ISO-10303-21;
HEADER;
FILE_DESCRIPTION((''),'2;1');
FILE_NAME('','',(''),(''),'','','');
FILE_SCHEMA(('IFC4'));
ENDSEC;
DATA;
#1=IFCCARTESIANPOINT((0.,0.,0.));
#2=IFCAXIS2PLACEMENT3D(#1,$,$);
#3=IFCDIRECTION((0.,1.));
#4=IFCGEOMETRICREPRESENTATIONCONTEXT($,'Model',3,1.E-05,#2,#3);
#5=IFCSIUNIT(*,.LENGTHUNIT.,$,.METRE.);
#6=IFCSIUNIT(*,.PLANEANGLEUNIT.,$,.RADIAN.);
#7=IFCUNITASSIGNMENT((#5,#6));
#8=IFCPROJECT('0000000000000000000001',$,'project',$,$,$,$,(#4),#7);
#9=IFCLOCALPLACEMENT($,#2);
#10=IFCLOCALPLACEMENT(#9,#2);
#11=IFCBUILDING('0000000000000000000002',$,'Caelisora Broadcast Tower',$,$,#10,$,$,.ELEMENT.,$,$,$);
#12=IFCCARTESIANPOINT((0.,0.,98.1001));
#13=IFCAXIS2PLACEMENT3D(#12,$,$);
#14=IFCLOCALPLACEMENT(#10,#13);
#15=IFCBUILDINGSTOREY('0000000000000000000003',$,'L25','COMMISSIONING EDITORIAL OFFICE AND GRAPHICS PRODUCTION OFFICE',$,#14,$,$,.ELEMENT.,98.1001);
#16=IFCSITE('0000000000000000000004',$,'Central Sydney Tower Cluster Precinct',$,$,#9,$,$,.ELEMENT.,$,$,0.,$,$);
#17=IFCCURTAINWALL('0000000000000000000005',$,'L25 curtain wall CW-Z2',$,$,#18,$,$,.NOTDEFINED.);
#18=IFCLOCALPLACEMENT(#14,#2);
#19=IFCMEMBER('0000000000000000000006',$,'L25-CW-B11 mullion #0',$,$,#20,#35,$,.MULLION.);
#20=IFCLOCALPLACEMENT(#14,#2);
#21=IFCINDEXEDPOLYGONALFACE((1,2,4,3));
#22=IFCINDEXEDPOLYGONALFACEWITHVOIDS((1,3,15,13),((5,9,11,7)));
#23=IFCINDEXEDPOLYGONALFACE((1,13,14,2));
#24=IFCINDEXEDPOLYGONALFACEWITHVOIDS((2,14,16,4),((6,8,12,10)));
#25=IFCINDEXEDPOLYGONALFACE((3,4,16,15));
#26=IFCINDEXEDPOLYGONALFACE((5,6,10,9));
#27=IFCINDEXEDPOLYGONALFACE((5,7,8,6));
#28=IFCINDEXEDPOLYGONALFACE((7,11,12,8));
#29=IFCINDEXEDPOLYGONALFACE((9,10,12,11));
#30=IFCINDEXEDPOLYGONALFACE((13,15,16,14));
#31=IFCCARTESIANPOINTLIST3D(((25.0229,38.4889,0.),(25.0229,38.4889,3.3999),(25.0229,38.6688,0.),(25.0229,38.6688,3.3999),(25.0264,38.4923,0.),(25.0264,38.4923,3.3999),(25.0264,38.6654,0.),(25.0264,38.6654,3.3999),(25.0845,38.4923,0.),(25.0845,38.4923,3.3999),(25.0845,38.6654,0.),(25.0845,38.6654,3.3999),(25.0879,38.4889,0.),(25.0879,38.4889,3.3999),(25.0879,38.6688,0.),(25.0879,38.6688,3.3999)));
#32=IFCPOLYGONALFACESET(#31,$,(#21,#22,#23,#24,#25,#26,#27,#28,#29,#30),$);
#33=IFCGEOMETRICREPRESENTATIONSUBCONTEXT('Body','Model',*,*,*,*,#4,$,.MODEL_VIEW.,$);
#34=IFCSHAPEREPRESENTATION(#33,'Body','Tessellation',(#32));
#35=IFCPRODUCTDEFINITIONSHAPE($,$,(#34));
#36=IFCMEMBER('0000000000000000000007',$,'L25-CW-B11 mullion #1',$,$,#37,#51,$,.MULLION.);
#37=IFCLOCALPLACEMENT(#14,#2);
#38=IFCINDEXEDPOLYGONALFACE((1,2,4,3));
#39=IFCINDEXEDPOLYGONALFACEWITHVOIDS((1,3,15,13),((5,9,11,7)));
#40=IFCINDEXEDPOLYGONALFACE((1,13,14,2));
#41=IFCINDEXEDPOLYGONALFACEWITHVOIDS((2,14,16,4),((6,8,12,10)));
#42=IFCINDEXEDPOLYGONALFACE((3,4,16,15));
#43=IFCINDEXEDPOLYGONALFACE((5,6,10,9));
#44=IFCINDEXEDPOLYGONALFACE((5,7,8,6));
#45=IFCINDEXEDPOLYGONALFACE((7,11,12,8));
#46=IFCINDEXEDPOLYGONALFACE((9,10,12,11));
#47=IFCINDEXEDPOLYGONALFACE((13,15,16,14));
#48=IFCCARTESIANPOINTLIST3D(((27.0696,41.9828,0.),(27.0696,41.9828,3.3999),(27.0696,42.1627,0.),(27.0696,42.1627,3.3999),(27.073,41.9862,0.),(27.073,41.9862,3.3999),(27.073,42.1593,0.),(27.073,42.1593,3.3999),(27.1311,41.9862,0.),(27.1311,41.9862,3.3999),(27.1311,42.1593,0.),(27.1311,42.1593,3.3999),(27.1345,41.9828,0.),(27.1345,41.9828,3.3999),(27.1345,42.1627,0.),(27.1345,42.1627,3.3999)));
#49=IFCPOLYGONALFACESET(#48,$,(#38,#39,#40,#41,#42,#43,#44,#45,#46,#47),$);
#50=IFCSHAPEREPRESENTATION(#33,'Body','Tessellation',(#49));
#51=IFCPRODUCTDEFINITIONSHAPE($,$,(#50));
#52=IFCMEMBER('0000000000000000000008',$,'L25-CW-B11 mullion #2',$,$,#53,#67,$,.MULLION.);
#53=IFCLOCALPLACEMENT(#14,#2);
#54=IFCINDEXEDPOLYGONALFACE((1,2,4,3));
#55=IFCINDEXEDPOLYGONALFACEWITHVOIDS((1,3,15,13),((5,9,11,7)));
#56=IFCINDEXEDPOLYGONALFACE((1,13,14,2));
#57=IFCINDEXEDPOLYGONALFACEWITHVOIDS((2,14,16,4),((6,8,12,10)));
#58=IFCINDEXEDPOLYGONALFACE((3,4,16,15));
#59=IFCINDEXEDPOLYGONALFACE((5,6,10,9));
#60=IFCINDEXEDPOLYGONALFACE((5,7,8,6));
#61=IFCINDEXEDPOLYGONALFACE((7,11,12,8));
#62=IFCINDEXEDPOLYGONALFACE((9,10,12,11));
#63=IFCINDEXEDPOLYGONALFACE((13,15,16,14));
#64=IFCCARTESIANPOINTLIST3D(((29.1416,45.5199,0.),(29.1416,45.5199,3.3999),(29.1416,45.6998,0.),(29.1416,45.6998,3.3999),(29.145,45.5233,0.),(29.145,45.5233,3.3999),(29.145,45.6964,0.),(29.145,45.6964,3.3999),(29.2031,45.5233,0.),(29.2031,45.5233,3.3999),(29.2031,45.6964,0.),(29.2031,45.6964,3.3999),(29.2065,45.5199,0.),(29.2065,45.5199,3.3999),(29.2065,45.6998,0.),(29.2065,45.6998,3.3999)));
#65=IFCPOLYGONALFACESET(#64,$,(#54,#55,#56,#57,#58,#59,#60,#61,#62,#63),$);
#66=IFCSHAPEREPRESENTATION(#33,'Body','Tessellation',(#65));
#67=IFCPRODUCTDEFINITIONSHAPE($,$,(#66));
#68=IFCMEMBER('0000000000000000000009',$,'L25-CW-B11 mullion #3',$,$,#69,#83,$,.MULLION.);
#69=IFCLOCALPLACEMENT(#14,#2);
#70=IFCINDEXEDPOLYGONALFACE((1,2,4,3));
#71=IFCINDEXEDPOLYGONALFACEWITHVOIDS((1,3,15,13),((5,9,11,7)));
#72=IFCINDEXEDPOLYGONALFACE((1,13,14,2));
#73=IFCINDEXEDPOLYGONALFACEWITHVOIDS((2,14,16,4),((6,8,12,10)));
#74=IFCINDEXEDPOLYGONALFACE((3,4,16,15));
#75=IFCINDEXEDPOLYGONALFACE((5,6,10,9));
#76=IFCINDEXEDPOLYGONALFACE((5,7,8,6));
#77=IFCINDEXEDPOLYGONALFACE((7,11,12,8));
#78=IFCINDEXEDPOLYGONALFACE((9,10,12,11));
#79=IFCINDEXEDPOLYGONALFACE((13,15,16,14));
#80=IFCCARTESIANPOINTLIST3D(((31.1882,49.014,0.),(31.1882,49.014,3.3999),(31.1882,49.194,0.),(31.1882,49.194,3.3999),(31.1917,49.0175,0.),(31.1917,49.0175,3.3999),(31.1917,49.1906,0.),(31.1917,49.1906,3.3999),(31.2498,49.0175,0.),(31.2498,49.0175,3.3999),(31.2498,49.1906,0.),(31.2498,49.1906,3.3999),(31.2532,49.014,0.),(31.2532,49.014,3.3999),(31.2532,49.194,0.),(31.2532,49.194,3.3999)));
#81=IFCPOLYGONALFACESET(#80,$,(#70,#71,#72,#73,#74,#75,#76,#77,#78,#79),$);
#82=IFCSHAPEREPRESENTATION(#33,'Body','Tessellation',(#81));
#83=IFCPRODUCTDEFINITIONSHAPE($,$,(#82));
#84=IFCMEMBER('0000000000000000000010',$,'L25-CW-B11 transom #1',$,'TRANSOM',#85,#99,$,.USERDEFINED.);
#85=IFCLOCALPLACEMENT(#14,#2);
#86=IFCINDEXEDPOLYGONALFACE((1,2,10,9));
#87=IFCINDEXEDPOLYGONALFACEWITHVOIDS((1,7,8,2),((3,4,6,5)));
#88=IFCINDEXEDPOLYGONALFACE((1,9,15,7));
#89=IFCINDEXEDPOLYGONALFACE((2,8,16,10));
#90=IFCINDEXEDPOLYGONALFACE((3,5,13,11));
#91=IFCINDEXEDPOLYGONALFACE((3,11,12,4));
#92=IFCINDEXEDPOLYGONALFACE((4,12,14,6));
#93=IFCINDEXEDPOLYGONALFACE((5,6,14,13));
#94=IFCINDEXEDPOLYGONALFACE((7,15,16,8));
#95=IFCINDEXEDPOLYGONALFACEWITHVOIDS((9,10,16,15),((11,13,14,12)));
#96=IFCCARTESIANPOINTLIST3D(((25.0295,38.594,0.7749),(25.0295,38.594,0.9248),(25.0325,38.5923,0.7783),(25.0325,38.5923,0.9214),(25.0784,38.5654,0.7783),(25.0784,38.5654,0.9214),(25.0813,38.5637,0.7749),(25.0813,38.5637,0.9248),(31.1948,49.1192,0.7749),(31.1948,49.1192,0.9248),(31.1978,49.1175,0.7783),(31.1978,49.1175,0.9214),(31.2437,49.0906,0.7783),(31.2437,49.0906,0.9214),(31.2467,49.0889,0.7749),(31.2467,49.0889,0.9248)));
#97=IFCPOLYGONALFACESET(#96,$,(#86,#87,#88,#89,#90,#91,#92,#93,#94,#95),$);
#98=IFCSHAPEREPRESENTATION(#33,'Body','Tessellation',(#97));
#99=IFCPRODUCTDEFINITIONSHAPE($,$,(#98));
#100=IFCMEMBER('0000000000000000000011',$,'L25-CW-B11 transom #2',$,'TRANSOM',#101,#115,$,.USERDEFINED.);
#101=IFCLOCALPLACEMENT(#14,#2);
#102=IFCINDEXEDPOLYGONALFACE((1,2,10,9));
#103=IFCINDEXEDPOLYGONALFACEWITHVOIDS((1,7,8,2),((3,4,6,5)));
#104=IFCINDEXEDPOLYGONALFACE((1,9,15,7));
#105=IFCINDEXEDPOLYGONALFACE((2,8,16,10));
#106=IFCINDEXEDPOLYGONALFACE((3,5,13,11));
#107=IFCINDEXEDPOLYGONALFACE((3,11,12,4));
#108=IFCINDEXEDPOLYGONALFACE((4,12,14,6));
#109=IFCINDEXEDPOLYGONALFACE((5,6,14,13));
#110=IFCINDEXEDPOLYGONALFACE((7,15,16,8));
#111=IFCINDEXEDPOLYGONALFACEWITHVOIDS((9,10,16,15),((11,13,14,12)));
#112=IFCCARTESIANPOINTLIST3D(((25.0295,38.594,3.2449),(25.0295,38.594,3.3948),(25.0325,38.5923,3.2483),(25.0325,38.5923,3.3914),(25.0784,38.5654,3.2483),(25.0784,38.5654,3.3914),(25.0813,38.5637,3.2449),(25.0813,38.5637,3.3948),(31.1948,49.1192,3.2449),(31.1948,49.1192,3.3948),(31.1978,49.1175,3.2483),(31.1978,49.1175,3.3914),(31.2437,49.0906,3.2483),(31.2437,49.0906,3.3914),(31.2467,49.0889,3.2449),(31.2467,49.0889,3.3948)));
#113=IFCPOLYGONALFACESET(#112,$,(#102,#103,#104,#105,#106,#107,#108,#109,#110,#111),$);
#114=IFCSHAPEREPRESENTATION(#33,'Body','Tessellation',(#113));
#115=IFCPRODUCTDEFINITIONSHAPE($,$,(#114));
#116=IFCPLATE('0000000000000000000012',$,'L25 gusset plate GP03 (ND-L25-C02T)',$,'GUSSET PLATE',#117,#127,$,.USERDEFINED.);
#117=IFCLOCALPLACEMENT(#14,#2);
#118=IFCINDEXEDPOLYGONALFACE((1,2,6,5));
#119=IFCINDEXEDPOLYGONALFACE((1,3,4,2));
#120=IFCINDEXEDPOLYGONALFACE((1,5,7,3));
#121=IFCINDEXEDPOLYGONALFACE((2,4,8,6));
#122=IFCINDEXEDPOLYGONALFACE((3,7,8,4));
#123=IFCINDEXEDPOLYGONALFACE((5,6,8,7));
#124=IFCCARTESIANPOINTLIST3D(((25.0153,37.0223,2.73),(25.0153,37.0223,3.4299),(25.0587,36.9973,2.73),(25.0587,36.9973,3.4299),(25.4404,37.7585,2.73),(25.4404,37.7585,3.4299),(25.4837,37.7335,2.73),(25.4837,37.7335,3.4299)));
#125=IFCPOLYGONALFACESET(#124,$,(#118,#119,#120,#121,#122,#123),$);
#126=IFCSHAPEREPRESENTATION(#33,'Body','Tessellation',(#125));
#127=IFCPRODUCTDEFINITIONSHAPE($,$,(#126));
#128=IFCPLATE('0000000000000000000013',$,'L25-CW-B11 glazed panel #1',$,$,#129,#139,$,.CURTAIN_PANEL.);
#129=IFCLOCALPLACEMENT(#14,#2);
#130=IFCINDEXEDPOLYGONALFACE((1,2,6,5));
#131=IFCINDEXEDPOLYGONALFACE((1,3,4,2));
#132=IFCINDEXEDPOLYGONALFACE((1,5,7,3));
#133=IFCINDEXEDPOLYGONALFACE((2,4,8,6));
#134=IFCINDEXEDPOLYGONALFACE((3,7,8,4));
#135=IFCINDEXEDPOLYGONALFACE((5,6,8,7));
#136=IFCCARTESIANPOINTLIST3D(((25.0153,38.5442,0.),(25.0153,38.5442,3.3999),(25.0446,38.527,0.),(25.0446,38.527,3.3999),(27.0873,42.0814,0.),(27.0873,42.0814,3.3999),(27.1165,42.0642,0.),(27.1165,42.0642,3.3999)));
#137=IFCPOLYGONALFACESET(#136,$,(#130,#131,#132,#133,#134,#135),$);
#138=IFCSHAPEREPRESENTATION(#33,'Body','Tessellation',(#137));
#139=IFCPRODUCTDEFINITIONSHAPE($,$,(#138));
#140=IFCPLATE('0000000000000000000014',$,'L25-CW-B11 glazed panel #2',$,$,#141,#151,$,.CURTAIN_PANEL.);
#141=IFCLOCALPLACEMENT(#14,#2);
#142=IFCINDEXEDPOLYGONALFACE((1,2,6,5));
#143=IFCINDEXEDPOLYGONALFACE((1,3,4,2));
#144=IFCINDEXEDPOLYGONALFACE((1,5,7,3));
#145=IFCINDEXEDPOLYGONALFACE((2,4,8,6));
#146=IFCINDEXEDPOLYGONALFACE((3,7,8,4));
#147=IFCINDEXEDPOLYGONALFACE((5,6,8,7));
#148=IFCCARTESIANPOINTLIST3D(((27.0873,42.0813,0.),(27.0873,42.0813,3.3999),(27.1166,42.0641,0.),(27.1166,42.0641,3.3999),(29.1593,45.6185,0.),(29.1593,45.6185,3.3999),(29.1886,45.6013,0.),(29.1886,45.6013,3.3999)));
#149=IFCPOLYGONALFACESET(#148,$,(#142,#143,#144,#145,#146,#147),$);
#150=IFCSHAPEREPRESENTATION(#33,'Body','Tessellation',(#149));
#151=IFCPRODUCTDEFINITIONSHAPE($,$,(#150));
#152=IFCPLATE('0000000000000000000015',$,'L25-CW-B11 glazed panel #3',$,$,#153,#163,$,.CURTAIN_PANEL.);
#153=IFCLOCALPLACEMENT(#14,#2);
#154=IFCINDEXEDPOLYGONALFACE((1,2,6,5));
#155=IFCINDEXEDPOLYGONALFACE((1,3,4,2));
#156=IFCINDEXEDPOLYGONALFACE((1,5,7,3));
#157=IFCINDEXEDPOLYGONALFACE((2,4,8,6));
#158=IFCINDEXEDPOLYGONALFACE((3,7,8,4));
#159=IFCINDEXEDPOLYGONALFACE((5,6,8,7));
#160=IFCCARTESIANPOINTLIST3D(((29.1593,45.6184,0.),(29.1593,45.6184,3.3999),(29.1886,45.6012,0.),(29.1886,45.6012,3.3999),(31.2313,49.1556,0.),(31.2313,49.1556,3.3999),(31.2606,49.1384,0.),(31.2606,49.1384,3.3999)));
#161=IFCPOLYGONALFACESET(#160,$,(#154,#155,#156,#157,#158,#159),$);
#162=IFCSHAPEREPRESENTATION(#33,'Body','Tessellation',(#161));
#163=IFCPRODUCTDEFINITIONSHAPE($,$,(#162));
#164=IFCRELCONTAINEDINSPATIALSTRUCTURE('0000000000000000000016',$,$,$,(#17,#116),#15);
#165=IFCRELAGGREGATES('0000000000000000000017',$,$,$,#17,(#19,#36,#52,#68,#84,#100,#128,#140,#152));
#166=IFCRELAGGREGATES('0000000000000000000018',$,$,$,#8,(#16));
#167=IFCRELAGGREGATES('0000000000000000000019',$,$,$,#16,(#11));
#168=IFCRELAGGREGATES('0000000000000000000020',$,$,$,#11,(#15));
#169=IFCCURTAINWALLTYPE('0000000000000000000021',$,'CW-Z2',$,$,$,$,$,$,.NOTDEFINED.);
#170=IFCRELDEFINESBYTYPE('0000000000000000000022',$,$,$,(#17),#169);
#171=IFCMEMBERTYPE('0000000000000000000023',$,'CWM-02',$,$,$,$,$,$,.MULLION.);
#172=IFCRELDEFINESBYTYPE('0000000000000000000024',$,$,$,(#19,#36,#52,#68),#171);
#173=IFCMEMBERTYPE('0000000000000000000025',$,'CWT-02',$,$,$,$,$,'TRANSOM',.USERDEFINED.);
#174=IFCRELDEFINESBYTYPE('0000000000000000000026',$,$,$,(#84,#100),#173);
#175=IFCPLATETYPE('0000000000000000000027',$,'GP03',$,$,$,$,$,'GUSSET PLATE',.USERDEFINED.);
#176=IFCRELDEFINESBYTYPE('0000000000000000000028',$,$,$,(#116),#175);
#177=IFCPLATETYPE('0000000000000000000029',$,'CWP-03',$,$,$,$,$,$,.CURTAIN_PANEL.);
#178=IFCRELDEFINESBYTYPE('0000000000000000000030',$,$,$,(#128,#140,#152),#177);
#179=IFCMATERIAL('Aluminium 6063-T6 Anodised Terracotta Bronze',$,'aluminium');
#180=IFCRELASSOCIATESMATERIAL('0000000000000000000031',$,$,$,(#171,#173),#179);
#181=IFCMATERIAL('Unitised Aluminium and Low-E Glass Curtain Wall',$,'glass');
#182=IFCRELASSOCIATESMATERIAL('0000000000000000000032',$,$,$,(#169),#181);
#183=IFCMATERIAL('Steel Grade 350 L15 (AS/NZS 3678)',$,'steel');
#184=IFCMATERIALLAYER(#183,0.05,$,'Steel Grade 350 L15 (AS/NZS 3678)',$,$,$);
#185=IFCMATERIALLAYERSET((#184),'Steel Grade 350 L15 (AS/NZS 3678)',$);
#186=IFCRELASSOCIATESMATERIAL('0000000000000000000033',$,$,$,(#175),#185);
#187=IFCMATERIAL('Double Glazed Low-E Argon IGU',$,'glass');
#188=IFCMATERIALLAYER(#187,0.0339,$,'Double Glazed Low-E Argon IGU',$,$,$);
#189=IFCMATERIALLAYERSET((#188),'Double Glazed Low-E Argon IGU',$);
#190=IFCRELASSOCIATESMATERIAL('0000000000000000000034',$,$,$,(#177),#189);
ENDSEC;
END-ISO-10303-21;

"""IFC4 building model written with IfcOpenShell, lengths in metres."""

from ifc_helpers import new_model, si_unit, direction, frame, origin, origin_2d, place, context, subcontext, project, spatial, rectangle, hollow_rectangle, extrude, source, transform, mapped, material, layer, layer_set, material_profile, profile_set, type_object, type_shapes, element, aggregate, save


model = new_model("IFC4")

# Units and contexts
model_context = context("Model", 3, precision=1e-05, world=origin(), true_north=direction((0.0, 1.0)))
body_context = subcontext(model_context, "Body", "Model", "MODEL_VIEW")
ifc_project = project(units=[si_unit("LENGTHUNIT", "METRE"), si_unit("PLANEANGLEUNIT", "RADIAN")], contexts=[model_context])

# Site, building, storey
site_placement = place(None, origin())
site = spatial("IfcSite", under=ifc_project, at=site_placement, Name="Central Sydney Tower Cluster Precinct", CompositionType="ELEMENT", RefElevation=0.0)
building_placement = place(site_placement, origin())
building = spatial("IfcBuilding", under=site, at=building_placement, Name="Caelisora Broadcast Tower", CompositionType="ELEMENT")
storey_placement = place(building_placement, frame((0.0, 0.0, 98.1001)))
storey = spatial("IfcBuildingStorey", under=building, at=storey_placement, Name="L25", Description="COMMISSIONING EDITORIAL OFFICE AND GRAPHICS PRODUCTION OFFICE", CompositionType="ELEMENT", Elevation=98.1001)

# Shared definitions
ifc_material_1 = material(Name="Steel Grade 350 L15 (AS/NZS 3678)", Category="steel")

# Shared definitions
ifc_material_2 = material(Name="Aluminium 6063-T6 Anodised Terracotta Bronze", Category="aluminium")
ifc_material_profile_1 = material_profile(ifc_material_2, hollow_rectangle(XDim=0.0649, YDim=0.1799, WallThickness=0.0034, at=origin_2d()), Name="Aluminium 6063-T6 Anodised Terracotta Bronze")
ifc_profile_set_1 = profile_set([ifc_material_profile_1], Name="Aluminium 6063-T6 Anodised Terracotta Bronze")
member_type_1 = type_object("IfcMemberType", Name="CWM-02", PredefinedType="MULLION", material=ifc_profile_set_1)
shared_shape_1 = source(origin(), body_context, "Body", "SweptSolid", [
    extrude(hollow_rectangle(XDim=0.0649, YDim=0.1799, WallThickness=0.0034, at=origin_2d()), origin(), (0.0, 0.0, 1.0), 3.3999),
])
type_shapes(member_type_1, [shared_shape_1])

# Curtain wall, members
ifc_material_3 = material(Name="Unitised Aluminium and Low-E Glass Curtain Wall", Category="glass")
curtain_wall_type_1 = type_object("IfcCurtainWallType", Name="CW-Z2", PredefinedType="NOTDEFINED", material=ifc_material_3)
curtain_wall_1_placement = place(storey_placement, origin())
curtain_wall_1 = element("IfcCurtainWall", 1, at=curtain_wall_1_placement, inside=storey, type_object=curtain_wall_type_1, Name="L25 curtain wall CW-Z2", PredefinedType="NOTDEFINED")
member_1_placement = place(storey_placement, frame((25.0554, 38.5789, 0.0), z_axis=(0.0, 0.0, 1.0), x_axis=(1.0, 0.0, 0.0)))
member_1 = element("IfcMember", 2, at=member_1_placement, type_object=member_type_1, Name="L25-CW-B11 mullion #0", PredefinedType="MULLION", context=body_context, shape_type="MappedRepresentation", body=[
    mapped(shared_shape_1, transform((0.0, 0.0, 0.0), scale=1.0)),
])
member_2_placement = place(storey_placement, frame((27.1021, 42.0728, 0.0), z_axis=(0.0, 0.0, 1.0), x_axis=(1.0, 0.0, 0.0)))
member_2 = element("IfcMember", 3, at=member_2_placement, type_object=member_type_1, Name="L25-CW-B11 mullion #1", PredefinedType="MULLION", context=body_context, shape_type="MappedRepresentation", body=[
    mapped(shared_shape_1, transform((0.0, 0.0, 0.0), scale=1.0)),
])
member_3_placement = place(storey_placement, frame((29.1741, 45.6099, 0.0), z_axis=(0.0, 0.0, 1.0), x_axis=(1.0, 0.0, 0.0)))
member_3 = element("IfcMember", 4, at=member_3_placement, type_object=member_type_1, Name="L25-CW-B11 mullion #2", PredefinedType="MULLION", context=body_context, shape_type="MappedRepresentation", body=[
    mapped(shared_shape_1, transform((0.0, 0.0, 0.0), scale=1.0)),
])
member_4_placement = place(storey_placement, frame((31.2207, 49.104, 0.0), z_axis=(0.0, 0.0, 1.0), x_axis=(1.0, 0.0, 0.0)))
member_4 = element("IfcMember", 5, at=member_4_placement, type_object=member_type_1, Name="L25-CW-B11 mullion #3", PredefinedType="MULLION", context=body_context, shape_type="MappedRepresentation", body=[
    mapped(shared_shape_1, transform((0.0, 0.0, 0.0), scale=1.0)),
])
ifc_material_profile_2 = material_profile(ifc_material_2, hollow_rectangle(XDim=0.0601, YDim=0.1499, WallThickness=0.0034, at=origin_2d()), Name="Aluminium 6063-T6 Anodised Terracotta Bronze")
ifc_profile_set_2 = profile_set([ifc_material_profile_2], Name="Aluminium 6063-T6 Anodised Terracotta Bronze")
member_type_2 = type_object("IfcMemberType", Name="CWT-02", ElementType="TRANSOM", PredefinedType="USERDEFINED", material=ifc_profile_set_2)
shared_shape_2 = source(origin(), body_context, "Body", "SweptSolid", [
    extrude(hollow_rectangle(XDim=0.0601, YDim=0.1499, WallThickness=0.0034, at=origin_2d()), origin(), (0.0, 0.0, 1.0), 12.198),
])
type_shapes(member_type_2, [shared_shape_2])
member_5_placement = place(storey_placement, frame((25.0554, 38.5789, 0.8499), z_axis=(0.505437, 0.862864, 0.0), x_axis=(-0.862864, 0.505437, 0.0)))
member_5 = element("IfcMember", 6, at=member_5_placement, type_object=member_type_2, Name="L25-CW-B11 transom #1", ObjectType="TRANSOM", PredefinedType="USERDEFINED", context=body_context, shape_type="MappedRepresentation", body=[
    mapped(shared_shape_2, transform((0.0, 0.0, 0.0), scale=1.0)),
])
member_6_placement = place(storey_placement, frame((25.0554, 38.5789, 3.3198), z_axis=(0.505437, 0.862864, 0.0), x_axis=(-0.862864, 0.505437, 0.0)))
member_6 = element("IfcMember", 7, at=member_6_placement, type_object=member_type_2, Name="L25-CW-B11 transom #2", ObjectType="TRANSOM", PredefinedType="USERDEFINED", context=body_context, shape_type="MappedRepresentation", body=[
    mapped(shared_shape_2, transform((0.0, 0.0, 0.0), scale=1.0)),
])

# Plates
ifc_layer_1 = layer(ifc_material_1, 0.05, Name="Steel Grade 350 L15 (AS/NZS 3678)")
ifc_layer_set_1 = layer_set([ifc_layer_1], Name="Steel Grade 350 L15 (AS/NZS 3678)")
plate_type_1 = type_object("IfcPlateType", Name="GP03", ElementType="GUSSET PLATE", PredefinedType="USERDEFINED", material=ifc_layer_set_1)
shared_shape_3 = source(origin(), body_context, "Body", "SweptSolid", [
    extrude(rectangle(XDim=0.8501, YDim=0.05, at=origin_2d()), origin(), (0.0, 0.0, 1.0), 0.7),
])
type_shapes(plate_type_1, [shared_shape_3])
plate_1_placement = place(storey_placement, frame((25.2495, 37.3779, 2.73), z_axis=(0.0, 0.0, 1.0), x_axis=(-0.5, -0.866025, 0.0)))
element("IfcPlate", 8, at=plate_1_placement, inside=storey, type_object=plate_type_1, Name="L25 gusset plate GP03 (ND-L25-C02T)", ObjectType="GUSSET PLATE", PredefinedType="USERDEFINED", context=body_context, shape_type="MappedRepresentation", body=[
    mapped(shared_shape_3, transform((0.0, 0.0, 0.0), scale=1.0)),
])
ifc_material_4 = material(Name="Double Glazed Low-E Argon IGU", Category="glass")
ifc_layer_2 = layer(ifc_material_4, 0.0339, Name="Double Glazed Low-E Argon IGU")
ifc_layer_set_2 = layer_set([ifc_layer_2], Name="Double Glazed Low-E Argon IGU")
plate_type_2 = type_object("IfcPlateType", Name="CWP-03", PredefinedType="CURTAIN_PANEL", material=ifc_layer_set_2)
shared_shape_4 = source(origin(), body_context, "Body", "SweptSolid", [
    extrude(rectangle(XDim=4.0994, YDim=0.0339, at=origin_2d()), origin(), (0.0, 0.0, 1.0), 3.3999),
])
type_shapes(plate_type_2, [shared_shape_4])
plate_2_placement = place(storey_placement, frame((26.0659, 40.3042, 0.0), z_axis=(0.0, 0.0, 1.0), x_axis=(0.505431, 0.862867, 0.0)))
plate_2 = element("IfcPlate", 9, at=plate_2_placement, type_object=plate_type_2, Name="L25-CW-B11 glazed panel #1", PredefinedType="CURTAIN_PANEL", context=body_context, shape_type="MappedRepresentation", body=[
    mapped(shared_shape_4, transform((0.0, 0.0, 0.0), scale=1.0)),
])
plate_3_placement = place(storey_placement, frame((28.1379, 43.8413, 0.0), z_axis=(0.0, 0.0, 1.0), x_axis=(0.505431, 0.862867, 0.0)))
plate_3 = element("IfcPlate", 10, at=plate_3_placement, type_object=plate_type_2, Name="L25-CW-B11 glazed panel #2", PredefinedType="CURTAIN_PANEL", context=body_context, shape_type="MappedRepresentation", body=[
    mapped(shared_shape_4, transform((0.0, 0.0, 0.0), scale=1.0)),
])
plate_4_placement = place(storey_placement, frame((30.21, 47.3784, 0.0), z_axis=(0.0, 0.0, 1.0), x_axis=(0.505431, 0.862867, 0.0)))
plate_4 = element("IfcPlate", 11, at=plate_4_placement, type_object=plate_type_2, Name="L25-CW-B11 glazed panel #3", PredefinedType="CURTAIN_PANEL", context=body_context, shape_type="MappedRepresentation", body=[
    mapped(shared_shape_4, transform((0.0, 0.0, 0.0), scale=1.0)),
])
aggregate(curtain_wall_1, [member_1, member_2, member_3, member_4, member_5, member_6, plate_2, plate_3, plate_4])

save(model, "model.ifc")
